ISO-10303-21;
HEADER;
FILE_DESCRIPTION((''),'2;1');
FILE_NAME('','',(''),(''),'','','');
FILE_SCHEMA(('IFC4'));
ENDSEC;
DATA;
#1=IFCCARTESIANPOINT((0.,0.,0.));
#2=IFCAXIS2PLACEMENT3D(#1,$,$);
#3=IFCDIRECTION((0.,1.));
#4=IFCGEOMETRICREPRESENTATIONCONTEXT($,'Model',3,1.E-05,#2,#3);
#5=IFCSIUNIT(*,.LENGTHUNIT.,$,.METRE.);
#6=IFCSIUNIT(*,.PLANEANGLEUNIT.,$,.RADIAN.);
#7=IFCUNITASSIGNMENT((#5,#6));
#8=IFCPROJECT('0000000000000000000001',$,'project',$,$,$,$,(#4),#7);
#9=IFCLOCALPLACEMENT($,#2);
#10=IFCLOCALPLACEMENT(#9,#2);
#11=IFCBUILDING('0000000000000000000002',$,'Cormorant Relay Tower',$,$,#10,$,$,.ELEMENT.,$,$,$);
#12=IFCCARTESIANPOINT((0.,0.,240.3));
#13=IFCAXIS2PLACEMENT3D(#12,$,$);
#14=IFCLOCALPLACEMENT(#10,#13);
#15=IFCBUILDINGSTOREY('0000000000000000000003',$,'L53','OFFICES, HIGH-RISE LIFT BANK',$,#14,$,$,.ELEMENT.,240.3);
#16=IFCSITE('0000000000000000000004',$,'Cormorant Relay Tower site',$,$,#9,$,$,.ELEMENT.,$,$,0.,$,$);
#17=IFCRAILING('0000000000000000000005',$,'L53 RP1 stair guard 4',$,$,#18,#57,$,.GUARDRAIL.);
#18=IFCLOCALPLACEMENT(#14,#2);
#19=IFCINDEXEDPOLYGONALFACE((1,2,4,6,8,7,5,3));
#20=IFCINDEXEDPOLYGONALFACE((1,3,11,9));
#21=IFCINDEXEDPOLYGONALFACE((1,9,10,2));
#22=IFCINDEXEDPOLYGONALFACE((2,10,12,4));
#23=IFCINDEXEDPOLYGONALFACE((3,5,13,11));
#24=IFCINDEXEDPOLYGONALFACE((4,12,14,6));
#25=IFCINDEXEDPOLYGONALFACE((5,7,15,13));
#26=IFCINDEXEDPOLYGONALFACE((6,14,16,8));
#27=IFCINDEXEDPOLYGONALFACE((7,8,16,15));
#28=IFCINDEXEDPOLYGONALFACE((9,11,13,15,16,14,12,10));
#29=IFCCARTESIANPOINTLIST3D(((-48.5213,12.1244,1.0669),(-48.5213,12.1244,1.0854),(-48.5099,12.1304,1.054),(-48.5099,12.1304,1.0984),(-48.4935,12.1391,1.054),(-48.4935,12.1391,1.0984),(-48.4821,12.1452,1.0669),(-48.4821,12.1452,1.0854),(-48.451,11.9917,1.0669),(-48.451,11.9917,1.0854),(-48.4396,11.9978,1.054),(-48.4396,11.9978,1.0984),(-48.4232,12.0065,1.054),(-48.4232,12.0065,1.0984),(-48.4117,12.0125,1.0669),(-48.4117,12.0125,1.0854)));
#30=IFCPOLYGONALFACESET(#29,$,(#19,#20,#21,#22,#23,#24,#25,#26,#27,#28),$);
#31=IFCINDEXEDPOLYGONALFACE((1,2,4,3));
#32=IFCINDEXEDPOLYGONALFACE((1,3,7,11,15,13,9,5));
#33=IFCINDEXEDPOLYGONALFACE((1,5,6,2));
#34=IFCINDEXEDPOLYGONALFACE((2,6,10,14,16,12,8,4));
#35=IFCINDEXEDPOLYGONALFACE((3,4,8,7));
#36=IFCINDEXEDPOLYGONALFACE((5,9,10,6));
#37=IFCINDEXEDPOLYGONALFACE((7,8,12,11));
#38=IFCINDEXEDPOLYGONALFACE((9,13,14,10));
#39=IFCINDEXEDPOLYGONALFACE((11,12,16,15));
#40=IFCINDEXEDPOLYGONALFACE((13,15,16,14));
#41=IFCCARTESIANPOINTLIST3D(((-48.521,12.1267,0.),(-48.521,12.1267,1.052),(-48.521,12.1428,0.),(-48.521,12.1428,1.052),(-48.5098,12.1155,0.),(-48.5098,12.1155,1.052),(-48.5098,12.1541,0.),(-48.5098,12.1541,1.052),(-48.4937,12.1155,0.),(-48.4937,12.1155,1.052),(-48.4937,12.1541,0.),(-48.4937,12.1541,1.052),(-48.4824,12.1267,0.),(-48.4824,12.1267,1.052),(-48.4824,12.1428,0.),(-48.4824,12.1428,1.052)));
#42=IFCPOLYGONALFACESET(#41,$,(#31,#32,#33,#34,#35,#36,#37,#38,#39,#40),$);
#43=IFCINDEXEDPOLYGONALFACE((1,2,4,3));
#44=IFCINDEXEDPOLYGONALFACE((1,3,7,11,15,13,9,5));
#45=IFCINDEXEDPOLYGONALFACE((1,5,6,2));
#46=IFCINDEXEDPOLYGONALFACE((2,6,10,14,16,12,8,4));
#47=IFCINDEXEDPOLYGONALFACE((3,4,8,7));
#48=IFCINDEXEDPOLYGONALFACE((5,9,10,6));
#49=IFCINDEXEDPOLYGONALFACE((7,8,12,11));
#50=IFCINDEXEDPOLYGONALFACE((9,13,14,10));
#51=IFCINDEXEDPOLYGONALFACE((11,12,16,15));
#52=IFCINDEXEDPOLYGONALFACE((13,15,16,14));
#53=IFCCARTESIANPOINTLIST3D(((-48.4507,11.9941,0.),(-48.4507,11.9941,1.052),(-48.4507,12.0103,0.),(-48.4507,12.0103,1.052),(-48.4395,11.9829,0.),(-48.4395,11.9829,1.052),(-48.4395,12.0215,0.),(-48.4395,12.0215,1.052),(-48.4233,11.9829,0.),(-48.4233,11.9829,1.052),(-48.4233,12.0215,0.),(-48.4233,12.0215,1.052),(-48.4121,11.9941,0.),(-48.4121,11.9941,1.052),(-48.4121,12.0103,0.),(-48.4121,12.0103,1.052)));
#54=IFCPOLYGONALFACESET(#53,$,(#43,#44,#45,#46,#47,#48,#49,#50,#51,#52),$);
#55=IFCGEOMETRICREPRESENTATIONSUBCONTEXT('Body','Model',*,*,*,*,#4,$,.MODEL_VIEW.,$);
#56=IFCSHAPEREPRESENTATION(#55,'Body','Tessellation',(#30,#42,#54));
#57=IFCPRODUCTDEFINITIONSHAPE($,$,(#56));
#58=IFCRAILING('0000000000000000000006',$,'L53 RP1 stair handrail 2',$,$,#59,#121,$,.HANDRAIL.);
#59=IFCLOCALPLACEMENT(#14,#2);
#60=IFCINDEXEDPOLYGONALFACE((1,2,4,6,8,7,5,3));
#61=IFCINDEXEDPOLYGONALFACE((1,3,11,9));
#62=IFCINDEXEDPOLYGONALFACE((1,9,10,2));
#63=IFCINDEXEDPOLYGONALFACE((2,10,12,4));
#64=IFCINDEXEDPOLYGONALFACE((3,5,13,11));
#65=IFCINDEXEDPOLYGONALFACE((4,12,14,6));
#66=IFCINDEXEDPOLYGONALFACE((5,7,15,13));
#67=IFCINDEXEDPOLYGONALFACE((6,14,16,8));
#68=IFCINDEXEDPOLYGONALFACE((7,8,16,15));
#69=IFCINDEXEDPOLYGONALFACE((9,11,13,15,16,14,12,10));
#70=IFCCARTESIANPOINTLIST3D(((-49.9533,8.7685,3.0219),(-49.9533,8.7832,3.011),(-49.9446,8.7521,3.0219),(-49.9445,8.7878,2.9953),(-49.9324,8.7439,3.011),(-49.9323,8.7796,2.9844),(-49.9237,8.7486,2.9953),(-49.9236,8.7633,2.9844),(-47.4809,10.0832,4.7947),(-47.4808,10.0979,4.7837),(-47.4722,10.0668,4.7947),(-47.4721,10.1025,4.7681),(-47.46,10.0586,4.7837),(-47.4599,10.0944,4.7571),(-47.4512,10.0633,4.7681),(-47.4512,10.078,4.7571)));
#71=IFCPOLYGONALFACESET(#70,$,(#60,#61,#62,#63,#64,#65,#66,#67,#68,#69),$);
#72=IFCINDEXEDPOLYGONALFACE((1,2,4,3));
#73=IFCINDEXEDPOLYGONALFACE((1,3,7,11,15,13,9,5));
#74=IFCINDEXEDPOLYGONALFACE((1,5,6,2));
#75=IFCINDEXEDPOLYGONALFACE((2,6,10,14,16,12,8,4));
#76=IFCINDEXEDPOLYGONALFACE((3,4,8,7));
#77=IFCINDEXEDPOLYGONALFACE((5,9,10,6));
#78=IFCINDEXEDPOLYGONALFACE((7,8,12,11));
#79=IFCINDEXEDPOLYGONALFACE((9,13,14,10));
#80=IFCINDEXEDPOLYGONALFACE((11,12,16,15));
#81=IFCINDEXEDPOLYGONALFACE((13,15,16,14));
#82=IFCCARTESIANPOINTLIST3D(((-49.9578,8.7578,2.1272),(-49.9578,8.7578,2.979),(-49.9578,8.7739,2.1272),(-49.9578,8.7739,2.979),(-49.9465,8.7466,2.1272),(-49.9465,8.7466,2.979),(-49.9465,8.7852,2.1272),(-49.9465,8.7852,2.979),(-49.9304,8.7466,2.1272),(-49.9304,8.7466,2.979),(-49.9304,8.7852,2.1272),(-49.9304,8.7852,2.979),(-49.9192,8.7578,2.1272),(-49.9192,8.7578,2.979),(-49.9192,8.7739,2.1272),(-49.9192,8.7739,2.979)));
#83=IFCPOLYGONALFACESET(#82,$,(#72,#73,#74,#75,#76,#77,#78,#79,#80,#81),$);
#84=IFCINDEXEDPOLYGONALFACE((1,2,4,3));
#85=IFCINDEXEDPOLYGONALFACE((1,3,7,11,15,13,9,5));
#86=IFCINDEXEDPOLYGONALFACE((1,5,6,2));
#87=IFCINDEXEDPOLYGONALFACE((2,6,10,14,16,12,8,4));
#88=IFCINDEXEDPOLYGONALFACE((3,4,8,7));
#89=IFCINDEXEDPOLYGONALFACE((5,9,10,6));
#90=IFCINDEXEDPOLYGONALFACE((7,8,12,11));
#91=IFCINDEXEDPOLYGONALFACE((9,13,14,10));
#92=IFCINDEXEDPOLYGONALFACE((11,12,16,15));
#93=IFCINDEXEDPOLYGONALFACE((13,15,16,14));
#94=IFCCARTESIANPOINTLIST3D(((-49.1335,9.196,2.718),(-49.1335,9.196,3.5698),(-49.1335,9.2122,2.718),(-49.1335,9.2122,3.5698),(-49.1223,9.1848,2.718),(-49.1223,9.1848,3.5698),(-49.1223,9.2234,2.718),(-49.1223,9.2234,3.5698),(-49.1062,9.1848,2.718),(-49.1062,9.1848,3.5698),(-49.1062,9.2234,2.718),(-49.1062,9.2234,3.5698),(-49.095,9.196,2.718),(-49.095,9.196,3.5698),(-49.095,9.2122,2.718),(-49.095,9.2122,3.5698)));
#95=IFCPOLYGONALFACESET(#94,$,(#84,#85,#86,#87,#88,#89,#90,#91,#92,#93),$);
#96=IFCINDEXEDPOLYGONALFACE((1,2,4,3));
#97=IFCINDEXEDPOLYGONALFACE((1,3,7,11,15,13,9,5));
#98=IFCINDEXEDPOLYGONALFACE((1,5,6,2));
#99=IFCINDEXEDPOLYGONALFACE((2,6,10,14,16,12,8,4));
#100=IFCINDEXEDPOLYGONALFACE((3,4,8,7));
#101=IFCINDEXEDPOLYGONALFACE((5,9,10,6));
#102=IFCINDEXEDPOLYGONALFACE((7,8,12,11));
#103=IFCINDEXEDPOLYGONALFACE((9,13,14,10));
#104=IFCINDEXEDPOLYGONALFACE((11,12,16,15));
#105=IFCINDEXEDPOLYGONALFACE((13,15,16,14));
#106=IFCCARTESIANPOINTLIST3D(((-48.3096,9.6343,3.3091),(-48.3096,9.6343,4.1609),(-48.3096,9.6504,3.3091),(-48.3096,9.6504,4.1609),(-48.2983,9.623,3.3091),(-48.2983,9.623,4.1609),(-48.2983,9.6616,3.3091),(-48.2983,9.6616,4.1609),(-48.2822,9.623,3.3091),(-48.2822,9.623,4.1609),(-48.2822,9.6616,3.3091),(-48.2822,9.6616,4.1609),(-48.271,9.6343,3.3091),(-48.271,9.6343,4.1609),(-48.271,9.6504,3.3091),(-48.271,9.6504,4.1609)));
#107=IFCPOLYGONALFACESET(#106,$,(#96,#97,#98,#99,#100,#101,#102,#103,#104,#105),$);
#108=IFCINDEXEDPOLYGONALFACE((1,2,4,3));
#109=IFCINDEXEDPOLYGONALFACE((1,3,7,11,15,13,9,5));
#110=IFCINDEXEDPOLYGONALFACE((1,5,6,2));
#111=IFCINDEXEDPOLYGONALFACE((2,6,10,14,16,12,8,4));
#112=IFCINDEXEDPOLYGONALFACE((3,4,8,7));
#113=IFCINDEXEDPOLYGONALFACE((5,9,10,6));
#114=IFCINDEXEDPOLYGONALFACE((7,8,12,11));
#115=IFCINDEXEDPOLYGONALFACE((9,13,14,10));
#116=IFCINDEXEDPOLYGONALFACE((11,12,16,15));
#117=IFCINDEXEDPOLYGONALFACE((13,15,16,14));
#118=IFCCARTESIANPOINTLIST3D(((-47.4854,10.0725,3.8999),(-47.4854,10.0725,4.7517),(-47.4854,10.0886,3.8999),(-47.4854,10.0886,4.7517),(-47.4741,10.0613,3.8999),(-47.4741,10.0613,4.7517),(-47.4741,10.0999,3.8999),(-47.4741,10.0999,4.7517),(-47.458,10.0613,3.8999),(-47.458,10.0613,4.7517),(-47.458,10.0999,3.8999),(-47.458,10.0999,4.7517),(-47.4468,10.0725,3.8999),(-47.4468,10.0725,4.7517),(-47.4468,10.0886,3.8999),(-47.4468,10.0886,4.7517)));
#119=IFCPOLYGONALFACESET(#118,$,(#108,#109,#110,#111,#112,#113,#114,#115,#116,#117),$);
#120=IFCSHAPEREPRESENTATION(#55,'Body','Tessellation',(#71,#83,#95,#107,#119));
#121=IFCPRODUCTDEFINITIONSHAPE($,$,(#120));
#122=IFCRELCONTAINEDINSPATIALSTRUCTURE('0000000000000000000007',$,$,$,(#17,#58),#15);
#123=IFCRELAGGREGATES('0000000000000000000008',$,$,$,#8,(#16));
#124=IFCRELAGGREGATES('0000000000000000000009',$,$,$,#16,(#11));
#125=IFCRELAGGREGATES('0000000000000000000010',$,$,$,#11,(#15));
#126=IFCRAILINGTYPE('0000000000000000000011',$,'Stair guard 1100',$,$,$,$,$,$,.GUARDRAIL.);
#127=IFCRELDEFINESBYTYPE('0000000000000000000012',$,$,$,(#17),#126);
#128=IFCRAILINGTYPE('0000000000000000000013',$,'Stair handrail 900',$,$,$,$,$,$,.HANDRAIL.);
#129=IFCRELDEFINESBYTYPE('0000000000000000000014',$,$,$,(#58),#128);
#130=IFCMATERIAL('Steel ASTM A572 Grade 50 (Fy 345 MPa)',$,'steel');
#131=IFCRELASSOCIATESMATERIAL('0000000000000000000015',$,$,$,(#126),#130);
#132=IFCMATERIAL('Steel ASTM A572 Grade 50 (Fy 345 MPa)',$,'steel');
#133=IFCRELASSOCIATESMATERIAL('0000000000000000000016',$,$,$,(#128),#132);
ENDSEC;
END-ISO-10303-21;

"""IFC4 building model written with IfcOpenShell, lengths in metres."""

from ifc_helpers import new_model, si_unit, direction, frame, origin, place, context, subcontext, project, spatial, polyline, outline, extrude, material, type_object, element, save


model = new_model("IFC4")

# Units and contexts
model_context = context("Model", 3, precision=1e-05, world=origin(), true_north=direction((0.0, 1.0)))
body_context = subcontext(model_context, "Body", "Model", "MODEL_VIEW")
ifc_project = project(units=[si_unit("LENGTHUNIT", "METRE"), si_unit("PLANEANGLEUNIT", "RADIAN")], contexts=[model_context])

# Site, building, storey
site_placement = place(None, origin())
site = spatial("IfcSite", under=ifc_project, at=site_placement, Name="Cormorant Relay Tower site", CompositionType="ELEMENT", RefElevation=0.0)
building_placement = place(site_placement, origin())
building = spatial("IfcBuilding", under=site, at=building_placement, Name="Cormorant Relay Tower", CompositionType="ELEMENT")
storey_placement = place(building_placement, frame((0.0, 0.0, 240.3)))
storey = spatial("IfcBuildingStorey", under=building, at=storey_placement, Name="L53", Description="OFFICES, HIGH-RISE LIFT BANK", CompositionType="ELEMENT", Elevation=240.3)

# Railings
ifc_material_1 = material(Name="Steel ASTM A572 Grade 50 (Fy 345 MPa)", Category="steel")
railing_type_1 = type_object("IfcRailingType", Name="Stair guard 1100", PredefinedType="GUARDRAIL", material=ifc_material_1)
railing_1_placement = place(storey_placement, frame((-48.5017, 12.1348, 0.0)))
element("IfcRailing", 1, at=railing_1_placement, inside=storey, type_object=railing_type_1, Name="L53 RP1 stair guard 4", PredefinedType="GUARDRAIL", context=body_context, shape_type="SweptSolid", body=[
    extrude(outline(polyline([(0.0222, 0.0093), (0.0093, 0.0222), (-0.0093, 0.0222), (-0.0222, 0.0093), (-0.0222, -0.0093), (-0.0093, -0.0222), (0.0093, -0.0222), (0.0222, -0.0093), (0.0222, 0.0093)])), frame((0.0, 0.0, 1.0762), z_axis=(0.46856, -0.883431, 0.0), x_axis=(0.883431, 0.46856, 0.0)), (0.0, 0.0, 1.0), 0.1501),
    extrude(outline(polyline([(0.0193, 0.0081), (0.0081, 0.0193), (-0.0081, 0.0193), (-0.0193, 0.0081), (-0.0193, -0.0081), (-0.0081, -0.0193), (0.0081, -0.0193), (0.0193, -0.0081), (0.0193, 0.0081)])), origin(), (0.0, 0.0, 1.0), 1.052),
    extrude(outline(polyline([(0.0193, 0.0081), (0.0081, 0.0193), (-0.0081, 0.0193), (-0.0193, 0.0081), (-0.0193, -0.0081), (-0.0081, -0.0193), (0.0081, -0.0193), (0.0193, -0.0081), (0.0193, 0.0081)])), frame((0.0703, -0.1326, 0.0)), (0.0, 0.0, 1.0), 1.052),
])
ifc_material_2 = material(Name="Steel ASTM A572 Grade 50 (Fy 345 MPa)", Category="steel")
railing_type_2 = type_object("IfcRailingType", Name="Stair handrail 900", PredefinedType="HANDRAIL", material=ifc_material_2)
railing_2_placement = place(storey_placement, frame((-49.9385, 8.7659, 2.1272)))
element("IfcRailing", 2, at=railing_2_placement, inside=storey, type_object=railing_type_2, Name="L53 RP1 stair handrail 2", PredefinedType="HANDRAIL", context=body_context, shape_type="SweptSolid", body=[
    extrude(outline(polyline([(0.0222, 0.0093), (0.0093, 0.0222), (-0.0093, 0.0222), (-0.0222, 0.0093), (-0.0222, -0.0093), (-0.0093, -0.0222), (0.0093, -0.0222), (0.0222, -0.0093), (0.0222, 0.0093)])), frame((0.0, 0.0, 0.876), z_axis=(0.746012, 0.39669, 0.534886), x_axis=(-0.469497, 0.882934, 0.0)), (0.0, 0.0, 1.0), 3.3142),
    extrude(outline(polyline([(0.0193, 0.0081), (0.0081, 0.0193), (-0.0081, 0.0193), (-0.0193, 0.0081), (-0.0193, -0.0081), (-0.0081, -0.0193), (0.0081, -0.0193), (0.0193, -0.0081), (0.0193, 0.0081)])), origin(), (0.0, 0.0, 1.0), 0.8518),
    extrude(outline(polyline([(0.0193, 0.0081), (0.0081, 0.0193), (-0.0081, 0.0193), (-0.0193, 0.0081), (-0.0193, -0.0081), (-0.0081, -0.0193), (0.0081, -0.0193), (0.0193, -0.0081), (0.0193, 0.0081)])), frame((0.8242, 0.4382, 0.5908)), (0.0, 0.0, 1.0), 0.8518),
    extrude(outline(polyline([(0.0193, 0.0081), (0.0081, 0.0193), (-0.0081, 0.0193), (-0.0193, 0.0081), (-0.0193, -0.0081), (-0.0081, -0.0193), (0.0081, -0.0193), (0.0193, -0.0081), (0.0193, 0.0081)])), frame((1.6482, 0.8765, 1.1819)), (0.0, 0.0, 1.0), 0.8518),
    extrude(outline(polyline([(0.0193, 0.0081), (0.0081, 0.0193), (-0.0081, 0.0193), (-0.0193, 0.0081), (-0.0193, -0.0081), (-0.0081, -0.0193), (0.0081, -0.0193), (0.0193, -0.0081), (0.0193, 0.0081)])), frame((2.4724, 1.3147, 1.7727)), (0.0, 0.0, 1.0), 0.8518),
])

save(model, "model.ifc")
